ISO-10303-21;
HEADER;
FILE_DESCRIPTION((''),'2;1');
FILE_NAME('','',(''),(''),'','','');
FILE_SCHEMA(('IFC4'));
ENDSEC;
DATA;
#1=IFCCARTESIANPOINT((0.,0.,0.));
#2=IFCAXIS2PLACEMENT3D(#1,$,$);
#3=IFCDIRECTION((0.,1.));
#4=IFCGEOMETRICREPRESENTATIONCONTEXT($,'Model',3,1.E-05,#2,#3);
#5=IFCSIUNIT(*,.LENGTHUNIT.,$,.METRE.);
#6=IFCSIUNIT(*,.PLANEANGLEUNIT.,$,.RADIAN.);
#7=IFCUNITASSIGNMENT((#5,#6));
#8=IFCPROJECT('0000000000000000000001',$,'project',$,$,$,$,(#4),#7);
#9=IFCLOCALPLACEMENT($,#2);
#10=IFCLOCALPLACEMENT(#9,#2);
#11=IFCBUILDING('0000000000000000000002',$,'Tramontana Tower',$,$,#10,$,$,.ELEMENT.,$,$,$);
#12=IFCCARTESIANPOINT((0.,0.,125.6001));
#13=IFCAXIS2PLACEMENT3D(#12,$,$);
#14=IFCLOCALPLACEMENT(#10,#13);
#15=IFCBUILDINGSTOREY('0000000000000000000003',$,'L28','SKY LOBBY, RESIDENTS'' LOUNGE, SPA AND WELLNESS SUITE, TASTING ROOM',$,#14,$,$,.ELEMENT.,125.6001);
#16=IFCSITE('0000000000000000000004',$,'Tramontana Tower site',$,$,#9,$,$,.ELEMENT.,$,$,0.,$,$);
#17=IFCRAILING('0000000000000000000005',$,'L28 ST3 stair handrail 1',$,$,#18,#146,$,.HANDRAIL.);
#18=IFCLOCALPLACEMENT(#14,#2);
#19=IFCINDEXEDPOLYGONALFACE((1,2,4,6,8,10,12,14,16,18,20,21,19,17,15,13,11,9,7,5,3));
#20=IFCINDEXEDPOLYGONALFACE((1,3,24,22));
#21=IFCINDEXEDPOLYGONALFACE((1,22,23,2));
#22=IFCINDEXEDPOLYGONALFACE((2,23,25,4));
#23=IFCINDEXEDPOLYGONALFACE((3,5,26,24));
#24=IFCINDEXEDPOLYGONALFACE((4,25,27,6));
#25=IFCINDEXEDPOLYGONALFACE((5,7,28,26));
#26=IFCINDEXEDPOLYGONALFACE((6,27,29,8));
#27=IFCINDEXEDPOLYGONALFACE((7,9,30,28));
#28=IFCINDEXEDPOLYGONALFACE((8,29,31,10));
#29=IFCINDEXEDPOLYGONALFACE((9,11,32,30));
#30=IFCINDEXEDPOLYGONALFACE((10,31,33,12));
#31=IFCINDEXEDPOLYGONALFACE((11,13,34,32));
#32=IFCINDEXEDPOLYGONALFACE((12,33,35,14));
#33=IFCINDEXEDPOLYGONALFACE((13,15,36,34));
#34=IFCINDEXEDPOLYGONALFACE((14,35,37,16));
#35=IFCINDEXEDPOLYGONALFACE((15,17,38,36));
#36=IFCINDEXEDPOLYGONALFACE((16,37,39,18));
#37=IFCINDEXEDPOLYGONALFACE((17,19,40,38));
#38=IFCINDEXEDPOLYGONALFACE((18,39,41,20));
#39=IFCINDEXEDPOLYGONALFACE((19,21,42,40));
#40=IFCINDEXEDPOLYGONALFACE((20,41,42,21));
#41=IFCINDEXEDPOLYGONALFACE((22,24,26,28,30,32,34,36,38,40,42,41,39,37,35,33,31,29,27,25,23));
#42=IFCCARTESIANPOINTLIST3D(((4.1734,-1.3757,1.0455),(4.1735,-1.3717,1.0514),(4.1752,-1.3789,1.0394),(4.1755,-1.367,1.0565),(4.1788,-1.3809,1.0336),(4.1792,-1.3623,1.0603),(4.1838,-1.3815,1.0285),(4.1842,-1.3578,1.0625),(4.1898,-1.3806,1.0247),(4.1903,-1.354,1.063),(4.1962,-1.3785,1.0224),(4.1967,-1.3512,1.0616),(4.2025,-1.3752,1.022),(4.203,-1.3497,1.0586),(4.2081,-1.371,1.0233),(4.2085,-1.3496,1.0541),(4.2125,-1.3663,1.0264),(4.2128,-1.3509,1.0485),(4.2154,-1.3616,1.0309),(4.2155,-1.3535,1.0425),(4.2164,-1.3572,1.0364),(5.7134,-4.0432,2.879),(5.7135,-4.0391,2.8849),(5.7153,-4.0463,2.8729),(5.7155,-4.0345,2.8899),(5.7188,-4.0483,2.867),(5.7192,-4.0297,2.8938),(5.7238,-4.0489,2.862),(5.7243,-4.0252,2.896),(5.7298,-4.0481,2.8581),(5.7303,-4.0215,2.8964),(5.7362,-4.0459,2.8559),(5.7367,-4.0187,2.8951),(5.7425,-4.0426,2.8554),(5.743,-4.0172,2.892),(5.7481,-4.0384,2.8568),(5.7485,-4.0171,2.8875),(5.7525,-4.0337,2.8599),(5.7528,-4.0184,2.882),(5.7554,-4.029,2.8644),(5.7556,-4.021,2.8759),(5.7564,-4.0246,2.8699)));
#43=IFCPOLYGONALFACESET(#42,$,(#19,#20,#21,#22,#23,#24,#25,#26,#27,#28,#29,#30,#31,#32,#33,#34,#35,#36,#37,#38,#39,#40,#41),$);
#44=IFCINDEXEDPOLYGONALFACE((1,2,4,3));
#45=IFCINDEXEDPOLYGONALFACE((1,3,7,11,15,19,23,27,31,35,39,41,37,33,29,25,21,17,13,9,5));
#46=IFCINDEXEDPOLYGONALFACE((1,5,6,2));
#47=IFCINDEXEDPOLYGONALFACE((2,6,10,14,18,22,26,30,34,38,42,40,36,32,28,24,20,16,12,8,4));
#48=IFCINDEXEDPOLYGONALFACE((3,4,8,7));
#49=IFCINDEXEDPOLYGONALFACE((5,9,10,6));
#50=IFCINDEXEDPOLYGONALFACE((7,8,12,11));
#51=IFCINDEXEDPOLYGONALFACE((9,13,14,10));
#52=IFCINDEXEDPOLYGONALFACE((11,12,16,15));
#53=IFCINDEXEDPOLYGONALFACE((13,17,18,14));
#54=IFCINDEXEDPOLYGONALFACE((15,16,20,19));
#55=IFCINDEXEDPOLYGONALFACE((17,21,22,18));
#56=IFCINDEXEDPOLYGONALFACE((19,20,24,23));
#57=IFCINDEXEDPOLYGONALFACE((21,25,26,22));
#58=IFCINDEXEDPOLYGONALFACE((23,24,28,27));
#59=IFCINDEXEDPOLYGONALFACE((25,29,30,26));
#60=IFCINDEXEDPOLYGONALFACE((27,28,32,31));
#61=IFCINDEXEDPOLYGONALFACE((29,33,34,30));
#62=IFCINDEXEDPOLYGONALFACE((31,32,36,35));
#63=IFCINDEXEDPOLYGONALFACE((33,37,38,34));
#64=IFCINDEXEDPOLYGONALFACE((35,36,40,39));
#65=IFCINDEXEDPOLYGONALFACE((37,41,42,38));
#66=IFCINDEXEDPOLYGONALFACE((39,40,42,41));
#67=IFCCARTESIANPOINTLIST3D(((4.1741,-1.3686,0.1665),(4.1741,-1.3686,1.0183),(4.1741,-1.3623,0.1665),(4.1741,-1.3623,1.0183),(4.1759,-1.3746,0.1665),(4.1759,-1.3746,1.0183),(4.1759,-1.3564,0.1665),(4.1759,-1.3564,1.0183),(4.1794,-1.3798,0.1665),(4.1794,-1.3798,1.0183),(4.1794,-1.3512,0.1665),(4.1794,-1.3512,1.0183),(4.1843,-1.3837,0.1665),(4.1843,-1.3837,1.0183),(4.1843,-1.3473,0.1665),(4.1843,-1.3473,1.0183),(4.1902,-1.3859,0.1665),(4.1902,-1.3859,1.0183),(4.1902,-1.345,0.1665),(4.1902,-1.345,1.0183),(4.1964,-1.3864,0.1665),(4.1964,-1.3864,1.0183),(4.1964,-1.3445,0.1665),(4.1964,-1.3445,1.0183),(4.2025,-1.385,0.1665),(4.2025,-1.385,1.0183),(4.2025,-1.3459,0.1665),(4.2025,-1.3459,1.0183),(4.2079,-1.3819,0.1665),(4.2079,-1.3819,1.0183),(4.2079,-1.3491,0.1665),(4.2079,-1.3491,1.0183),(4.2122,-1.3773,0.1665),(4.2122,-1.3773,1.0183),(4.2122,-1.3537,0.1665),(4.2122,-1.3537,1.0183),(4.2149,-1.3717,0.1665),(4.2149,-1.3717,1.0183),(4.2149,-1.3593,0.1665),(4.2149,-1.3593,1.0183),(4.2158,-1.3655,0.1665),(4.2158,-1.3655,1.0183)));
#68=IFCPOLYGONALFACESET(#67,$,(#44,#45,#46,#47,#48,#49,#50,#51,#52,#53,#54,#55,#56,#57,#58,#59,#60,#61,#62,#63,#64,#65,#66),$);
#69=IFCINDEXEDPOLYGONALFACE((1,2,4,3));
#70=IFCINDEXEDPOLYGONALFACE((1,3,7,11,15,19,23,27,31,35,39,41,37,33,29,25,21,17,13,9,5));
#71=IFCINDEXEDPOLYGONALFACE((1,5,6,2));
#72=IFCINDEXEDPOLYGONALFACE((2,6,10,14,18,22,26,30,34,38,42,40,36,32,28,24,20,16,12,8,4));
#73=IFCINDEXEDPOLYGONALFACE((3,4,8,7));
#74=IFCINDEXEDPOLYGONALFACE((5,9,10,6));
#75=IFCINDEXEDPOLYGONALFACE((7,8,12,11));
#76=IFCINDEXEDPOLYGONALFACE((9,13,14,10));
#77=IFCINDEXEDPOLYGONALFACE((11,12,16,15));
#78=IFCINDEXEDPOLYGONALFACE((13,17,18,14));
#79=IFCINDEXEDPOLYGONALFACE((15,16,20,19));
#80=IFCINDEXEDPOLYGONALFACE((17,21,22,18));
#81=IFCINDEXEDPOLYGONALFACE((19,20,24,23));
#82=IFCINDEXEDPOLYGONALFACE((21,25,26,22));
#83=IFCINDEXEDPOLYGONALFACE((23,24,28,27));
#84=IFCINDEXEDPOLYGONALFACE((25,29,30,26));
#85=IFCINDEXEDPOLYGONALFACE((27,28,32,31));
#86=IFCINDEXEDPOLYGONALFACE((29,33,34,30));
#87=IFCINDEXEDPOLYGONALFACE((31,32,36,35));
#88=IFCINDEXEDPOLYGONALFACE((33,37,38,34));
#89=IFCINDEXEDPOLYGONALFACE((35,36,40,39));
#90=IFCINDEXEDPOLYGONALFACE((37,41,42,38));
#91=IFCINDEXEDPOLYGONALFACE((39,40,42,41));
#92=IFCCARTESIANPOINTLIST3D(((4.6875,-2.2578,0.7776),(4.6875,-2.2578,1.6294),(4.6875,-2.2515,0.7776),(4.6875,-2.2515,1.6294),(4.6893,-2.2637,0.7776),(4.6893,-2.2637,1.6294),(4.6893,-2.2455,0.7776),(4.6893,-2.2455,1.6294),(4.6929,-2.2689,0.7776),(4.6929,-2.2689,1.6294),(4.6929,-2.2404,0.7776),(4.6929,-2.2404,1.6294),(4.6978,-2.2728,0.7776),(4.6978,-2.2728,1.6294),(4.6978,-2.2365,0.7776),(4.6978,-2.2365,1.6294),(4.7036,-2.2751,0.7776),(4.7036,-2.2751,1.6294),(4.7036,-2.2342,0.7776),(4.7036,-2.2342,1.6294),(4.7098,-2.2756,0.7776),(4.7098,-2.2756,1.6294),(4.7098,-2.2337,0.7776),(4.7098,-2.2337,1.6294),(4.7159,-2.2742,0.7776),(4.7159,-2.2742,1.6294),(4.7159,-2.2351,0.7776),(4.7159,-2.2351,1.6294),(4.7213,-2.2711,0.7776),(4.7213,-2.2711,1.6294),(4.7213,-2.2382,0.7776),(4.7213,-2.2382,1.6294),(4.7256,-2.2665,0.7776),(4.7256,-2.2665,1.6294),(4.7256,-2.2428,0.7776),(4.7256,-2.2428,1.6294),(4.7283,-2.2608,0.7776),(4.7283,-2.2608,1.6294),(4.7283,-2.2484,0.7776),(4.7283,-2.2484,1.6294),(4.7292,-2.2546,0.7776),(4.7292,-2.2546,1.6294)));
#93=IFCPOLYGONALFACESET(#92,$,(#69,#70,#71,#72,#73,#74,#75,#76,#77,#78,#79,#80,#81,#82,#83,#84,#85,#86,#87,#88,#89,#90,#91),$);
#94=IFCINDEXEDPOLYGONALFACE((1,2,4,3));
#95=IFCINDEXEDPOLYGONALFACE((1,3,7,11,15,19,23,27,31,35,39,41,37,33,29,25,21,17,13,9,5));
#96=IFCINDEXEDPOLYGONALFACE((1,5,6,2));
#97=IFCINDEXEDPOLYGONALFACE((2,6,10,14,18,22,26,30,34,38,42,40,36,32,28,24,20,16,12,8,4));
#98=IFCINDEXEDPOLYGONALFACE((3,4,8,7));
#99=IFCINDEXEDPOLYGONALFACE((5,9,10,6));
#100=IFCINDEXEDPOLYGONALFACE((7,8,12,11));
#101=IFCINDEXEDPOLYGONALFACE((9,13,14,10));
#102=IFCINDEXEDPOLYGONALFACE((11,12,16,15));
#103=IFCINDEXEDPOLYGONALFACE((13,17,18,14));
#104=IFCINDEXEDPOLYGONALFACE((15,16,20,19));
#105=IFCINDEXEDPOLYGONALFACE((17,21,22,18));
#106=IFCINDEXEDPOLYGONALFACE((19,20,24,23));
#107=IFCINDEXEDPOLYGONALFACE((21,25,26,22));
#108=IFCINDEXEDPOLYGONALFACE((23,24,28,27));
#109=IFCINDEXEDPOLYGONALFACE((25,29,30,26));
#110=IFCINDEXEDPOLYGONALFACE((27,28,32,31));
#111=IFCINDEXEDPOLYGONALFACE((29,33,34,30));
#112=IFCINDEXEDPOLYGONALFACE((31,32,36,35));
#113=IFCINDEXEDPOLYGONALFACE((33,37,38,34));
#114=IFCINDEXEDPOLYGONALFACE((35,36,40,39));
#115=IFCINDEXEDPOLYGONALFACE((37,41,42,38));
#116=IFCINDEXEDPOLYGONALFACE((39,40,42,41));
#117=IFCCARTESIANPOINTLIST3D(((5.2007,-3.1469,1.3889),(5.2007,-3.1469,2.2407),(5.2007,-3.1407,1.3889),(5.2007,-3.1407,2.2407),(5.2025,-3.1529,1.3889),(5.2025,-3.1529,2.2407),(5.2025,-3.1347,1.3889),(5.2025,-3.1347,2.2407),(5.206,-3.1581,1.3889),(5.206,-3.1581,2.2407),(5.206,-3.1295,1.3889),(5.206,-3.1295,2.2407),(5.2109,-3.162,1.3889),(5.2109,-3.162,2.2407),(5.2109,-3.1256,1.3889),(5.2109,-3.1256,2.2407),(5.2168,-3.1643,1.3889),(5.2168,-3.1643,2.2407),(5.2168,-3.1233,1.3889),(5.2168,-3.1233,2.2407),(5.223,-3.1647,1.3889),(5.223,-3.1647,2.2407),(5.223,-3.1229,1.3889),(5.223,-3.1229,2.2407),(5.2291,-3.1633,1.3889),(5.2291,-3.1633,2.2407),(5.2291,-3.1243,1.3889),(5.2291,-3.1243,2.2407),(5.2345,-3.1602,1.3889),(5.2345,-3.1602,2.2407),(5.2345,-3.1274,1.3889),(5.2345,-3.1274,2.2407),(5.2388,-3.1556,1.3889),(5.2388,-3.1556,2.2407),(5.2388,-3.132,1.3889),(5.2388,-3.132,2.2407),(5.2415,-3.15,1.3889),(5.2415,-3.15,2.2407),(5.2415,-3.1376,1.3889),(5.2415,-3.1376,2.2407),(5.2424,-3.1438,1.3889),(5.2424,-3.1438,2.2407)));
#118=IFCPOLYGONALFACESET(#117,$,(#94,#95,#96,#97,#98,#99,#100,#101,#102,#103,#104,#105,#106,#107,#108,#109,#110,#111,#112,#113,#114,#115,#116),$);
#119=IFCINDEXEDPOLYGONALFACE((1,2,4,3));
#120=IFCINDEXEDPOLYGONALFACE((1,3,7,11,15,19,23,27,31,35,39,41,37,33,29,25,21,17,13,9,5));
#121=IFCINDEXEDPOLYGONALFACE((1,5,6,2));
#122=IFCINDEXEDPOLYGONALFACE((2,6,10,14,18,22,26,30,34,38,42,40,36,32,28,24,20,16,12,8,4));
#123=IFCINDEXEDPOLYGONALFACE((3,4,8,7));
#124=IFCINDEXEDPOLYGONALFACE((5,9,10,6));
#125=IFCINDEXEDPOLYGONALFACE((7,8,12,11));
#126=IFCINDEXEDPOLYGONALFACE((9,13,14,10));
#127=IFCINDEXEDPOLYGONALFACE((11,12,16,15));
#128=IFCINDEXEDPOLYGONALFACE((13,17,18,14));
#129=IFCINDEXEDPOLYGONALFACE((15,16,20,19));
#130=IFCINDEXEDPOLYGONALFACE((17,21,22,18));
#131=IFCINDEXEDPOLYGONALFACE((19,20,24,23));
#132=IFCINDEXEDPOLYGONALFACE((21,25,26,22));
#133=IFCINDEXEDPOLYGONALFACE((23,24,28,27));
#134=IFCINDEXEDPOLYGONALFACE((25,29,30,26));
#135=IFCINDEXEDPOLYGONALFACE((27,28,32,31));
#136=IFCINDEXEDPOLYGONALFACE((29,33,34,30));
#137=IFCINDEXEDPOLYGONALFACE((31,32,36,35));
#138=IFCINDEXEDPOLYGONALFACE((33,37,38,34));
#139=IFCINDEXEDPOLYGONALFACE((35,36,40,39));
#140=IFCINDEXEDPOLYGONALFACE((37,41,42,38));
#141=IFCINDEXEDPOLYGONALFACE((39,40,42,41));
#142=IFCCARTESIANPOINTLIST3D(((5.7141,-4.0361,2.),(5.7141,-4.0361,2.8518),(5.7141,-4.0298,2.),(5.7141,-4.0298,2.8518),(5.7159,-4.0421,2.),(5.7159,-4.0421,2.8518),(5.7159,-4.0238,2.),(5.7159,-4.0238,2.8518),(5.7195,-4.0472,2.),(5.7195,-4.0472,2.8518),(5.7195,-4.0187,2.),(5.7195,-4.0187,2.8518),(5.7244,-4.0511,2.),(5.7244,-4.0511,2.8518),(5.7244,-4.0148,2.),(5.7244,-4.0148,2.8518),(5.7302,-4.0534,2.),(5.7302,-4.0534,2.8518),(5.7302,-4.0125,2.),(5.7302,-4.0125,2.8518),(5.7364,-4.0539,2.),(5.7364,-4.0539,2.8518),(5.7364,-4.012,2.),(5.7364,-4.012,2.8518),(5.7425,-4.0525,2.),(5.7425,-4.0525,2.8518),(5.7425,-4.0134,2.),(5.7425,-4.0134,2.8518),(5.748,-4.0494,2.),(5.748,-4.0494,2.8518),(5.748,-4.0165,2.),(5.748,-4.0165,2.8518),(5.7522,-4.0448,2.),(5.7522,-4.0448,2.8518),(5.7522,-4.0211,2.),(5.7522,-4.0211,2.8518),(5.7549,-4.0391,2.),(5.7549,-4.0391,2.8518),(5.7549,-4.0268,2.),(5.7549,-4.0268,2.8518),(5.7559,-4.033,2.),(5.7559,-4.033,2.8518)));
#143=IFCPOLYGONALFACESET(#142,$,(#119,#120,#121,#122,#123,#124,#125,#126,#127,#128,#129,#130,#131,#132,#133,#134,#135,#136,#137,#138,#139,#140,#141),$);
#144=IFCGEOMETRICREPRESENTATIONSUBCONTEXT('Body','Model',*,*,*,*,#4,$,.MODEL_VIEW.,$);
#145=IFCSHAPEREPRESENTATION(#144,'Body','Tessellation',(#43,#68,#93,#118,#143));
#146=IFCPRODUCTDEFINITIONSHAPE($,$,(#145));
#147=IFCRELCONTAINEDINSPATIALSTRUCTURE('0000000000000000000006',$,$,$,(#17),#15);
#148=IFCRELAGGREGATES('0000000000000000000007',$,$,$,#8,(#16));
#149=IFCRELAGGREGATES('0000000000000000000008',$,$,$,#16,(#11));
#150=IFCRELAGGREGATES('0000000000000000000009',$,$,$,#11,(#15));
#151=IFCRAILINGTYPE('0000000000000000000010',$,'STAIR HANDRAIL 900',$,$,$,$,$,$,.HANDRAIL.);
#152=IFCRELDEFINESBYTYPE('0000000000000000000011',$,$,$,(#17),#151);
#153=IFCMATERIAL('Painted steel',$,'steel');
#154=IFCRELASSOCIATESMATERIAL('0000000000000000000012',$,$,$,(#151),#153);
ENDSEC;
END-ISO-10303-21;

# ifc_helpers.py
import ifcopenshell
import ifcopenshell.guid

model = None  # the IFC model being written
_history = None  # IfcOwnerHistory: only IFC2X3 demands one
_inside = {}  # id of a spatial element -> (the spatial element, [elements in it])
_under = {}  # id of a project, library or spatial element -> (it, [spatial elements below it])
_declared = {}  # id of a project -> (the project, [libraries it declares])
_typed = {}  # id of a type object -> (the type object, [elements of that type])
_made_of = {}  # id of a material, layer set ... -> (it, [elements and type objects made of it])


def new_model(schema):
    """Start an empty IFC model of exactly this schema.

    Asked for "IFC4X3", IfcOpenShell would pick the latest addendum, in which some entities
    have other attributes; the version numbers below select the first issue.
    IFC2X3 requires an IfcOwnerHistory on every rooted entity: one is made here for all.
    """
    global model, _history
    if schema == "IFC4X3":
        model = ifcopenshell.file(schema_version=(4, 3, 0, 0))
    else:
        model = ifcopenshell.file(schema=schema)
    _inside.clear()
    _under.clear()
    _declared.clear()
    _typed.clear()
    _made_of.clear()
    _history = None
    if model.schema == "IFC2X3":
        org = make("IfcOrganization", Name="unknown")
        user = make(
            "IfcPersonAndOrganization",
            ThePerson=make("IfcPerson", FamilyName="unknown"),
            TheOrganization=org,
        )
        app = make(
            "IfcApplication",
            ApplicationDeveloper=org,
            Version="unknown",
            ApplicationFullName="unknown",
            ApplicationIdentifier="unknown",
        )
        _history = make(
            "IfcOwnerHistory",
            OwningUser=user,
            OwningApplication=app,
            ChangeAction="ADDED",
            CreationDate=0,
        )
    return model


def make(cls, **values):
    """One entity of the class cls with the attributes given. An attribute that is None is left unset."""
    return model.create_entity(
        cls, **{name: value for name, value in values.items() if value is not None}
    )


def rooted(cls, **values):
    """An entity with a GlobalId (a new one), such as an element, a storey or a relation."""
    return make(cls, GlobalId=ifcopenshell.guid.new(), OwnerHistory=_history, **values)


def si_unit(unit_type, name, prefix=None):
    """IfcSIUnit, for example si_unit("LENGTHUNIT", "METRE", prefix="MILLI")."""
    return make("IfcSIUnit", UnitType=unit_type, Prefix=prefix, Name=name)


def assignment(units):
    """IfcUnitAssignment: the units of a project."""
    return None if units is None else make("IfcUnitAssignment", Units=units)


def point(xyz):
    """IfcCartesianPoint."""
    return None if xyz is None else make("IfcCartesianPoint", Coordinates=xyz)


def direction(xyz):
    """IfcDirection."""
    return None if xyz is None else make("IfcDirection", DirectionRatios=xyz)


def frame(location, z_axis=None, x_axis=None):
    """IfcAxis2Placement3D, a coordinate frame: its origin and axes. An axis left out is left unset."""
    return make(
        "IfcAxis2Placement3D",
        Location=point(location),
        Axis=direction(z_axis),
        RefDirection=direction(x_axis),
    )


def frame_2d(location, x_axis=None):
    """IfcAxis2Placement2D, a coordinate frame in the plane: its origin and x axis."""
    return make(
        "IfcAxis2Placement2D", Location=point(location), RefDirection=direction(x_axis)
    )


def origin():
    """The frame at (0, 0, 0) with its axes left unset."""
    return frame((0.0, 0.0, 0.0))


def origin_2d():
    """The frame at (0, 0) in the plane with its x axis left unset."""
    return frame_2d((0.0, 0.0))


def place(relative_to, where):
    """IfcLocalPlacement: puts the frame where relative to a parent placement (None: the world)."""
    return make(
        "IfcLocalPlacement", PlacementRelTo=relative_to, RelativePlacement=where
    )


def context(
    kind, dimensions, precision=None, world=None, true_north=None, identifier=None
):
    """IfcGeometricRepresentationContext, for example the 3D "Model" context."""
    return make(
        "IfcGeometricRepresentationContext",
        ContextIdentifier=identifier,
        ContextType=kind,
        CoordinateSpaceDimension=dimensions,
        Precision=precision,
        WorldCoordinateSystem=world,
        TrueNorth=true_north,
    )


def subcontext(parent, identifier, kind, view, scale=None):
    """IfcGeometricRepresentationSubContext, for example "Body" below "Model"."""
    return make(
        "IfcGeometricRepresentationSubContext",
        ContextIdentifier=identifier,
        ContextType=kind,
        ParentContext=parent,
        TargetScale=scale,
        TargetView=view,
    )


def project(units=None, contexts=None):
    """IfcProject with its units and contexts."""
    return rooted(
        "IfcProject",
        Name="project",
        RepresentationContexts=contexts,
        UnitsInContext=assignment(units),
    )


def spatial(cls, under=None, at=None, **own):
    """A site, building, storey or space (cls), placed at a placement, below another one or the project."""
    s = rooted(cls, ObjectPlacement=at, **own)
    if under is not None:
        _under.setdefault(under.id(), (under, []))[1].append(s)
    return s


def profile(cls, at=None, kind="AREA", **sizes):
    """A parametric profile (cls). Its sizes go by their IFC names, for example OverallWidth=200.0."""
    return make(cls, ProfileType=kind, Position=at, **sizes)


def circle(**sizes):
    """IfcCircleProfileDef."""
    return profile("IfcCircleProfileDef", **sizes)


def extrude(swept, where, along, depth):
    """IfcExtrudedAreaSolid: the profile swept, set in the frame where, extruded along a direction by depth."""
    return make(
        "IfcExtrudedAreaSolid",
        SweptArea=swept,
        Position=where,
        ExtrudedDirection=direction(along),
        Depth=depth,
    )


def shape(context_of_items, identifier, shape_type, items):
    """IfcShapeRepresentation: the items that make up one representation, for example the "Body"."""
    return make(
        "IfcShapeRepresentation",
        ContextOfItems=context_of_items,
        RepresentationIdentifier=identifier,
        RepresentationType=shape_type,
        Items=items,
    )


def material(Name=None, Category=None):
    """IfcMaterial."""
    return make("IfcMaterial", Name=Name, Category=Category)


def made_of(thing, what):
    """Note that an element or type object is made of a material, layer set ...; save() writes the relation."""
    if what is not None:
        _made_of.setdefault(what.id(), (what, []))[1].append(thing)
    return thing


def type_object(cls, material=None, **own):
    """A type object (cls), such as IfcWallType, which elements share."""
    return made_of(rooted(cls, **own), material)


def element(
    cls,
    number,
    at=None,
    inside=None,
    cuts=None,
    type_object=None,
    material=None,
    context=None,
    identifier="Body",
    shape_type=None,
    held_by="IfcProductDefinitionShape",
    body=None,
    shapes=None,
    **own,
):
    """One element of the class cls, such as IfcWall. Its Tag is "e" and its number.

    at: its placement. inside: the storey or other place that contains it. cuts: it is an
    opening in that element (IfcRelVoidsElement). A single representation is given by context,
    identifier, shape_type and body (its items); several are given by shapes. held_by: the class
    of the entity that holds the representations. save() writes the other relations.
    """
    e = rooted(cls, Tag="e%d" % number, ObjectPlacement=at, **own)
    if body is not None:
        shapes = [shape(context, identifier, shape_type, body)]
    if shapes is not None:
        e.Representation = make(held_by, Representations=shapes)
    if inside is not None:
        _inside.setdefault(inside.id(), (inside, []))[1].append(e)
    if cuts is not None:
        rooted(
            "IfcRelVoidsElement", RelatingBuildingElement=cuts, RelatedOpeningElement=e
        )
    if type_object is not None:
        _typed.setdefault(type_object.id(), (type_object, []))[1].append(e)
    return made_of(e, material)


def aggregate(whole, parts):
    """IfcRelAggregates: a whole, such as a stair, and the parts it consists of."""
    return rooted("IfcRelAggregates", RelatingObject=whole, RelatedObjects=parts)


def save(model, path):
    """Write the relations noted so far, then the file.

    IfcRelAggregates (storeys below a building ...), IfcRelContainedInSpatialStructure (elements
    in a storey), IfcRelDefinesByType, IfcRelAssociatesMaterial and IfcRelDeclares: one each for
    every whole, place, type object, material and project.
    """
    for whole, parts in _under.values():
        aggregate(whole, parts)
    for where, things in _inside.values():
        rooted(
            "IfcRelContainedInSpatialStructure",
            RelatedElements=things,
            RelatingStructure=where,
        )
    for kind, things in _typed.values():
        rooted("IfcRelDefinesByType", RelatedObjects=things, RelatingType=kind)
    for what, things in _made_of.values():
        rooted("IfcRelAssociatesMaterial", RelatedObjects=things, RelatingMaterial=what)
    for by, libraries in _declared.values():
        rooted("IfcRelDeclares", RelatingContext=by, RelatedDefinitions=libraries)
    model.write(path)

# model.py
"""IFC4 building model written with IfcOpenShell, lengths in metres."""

from ifc_helpers import new_model, si_unit, direction, frame, origin, origin_2d, place, context, subcontext, project, spatial, circle, extrude, material, type_object, element, save


model = new_model("IFC4")

# Units and contexts
model_context = context("Model", 3, precision=1e-05, world=origin(), true_north=direction((0.0, 1.0)))
body_context = subcontext(model_context, "Body", "Model", "MODEL_VIEW")
ifc_project = project(units=[si_unit("LENGTHUNIT", "METRE"), si_unit("PLANEANGLEUNIT", "RADIAN")], contexts=[model_context])

# Site, building, storey
site_placement = place(None, origin())
site = spatial("IfcSite", under=ifc_project, at=site_placement, Name="Tramontana Tower site", CompositionType="ELEMENT", RefElevation=0.0)
building_placement = place(site_placement, origin())
building = spatial("IfcBuilding", under=site, at=building_placement, Name="Tramontana Tower", CompositionType="ELEMENT")
storey_placement = place(building_placement, frame((0.0, 0.0, 125.6001)))
storey = spatial("IfcBuildingStorey", under=building, at=storey_placement, Name="L28", Description="SKY LOBBY, RESIDENTS' LOUNGE, SPA AND WELLNESS SUITE, TASTING ROOM", CompositionType="ELEMENT", Elevation=125.6001)

# Railing
ifc_material_1 = material(Name="Painted steel", Category="steel")
railing_type_1 = type_object("IfcRailingType", Name="STAIR HANDRAIL 900", PredefinedType="HANDRAIL", material=ifc_material_1)
railing_1_placement = place(storey_placement, frame((4.1948, -1.3655, 0.1665)))
element("IfcRailing", 1, at=railing_1_placement, inside=storey, type_object=railing_type_1, Name="L28 ST3 stair handrail 1", PredefinedType="HANDRAIL", context=body_context, shape_type="SweptSolid", body=[
    extrude(circle(Radius=0.0239, at=origin_2d()), frame((0.0, 0.0, 0.876), z_axis=(0.429634, -0.744164, 0.511502), x_axis=(0.86603, 0.499992, 0.0)), (0.0, 0.0, 1.0), 3.5845),
    extrude(circle(Radius=0.021, at=origin_2d()), origin(), (0.0, 0.0, 1.0), 0.8518),
    extrude(circle(Radius=0.021, at=origin_2d()), frame((0.5134, -0.8892, 0.6111)), (0.0, 0.0, 1.0), 0.8518),
    extrude(circle(Radius=0.021, at=origin_2d()), frame((1.0266, -1.7783, 1.2224)), (0.0, 0.0, 1.0), 0.8518),
    extrude(circle(Radius=0.021, at=origin_2d()), frame((1.54, -2.6675, 1.8335)), (0.0, 0.0, 1.0), 0.8518),
])

save(model, "model.ifc")
